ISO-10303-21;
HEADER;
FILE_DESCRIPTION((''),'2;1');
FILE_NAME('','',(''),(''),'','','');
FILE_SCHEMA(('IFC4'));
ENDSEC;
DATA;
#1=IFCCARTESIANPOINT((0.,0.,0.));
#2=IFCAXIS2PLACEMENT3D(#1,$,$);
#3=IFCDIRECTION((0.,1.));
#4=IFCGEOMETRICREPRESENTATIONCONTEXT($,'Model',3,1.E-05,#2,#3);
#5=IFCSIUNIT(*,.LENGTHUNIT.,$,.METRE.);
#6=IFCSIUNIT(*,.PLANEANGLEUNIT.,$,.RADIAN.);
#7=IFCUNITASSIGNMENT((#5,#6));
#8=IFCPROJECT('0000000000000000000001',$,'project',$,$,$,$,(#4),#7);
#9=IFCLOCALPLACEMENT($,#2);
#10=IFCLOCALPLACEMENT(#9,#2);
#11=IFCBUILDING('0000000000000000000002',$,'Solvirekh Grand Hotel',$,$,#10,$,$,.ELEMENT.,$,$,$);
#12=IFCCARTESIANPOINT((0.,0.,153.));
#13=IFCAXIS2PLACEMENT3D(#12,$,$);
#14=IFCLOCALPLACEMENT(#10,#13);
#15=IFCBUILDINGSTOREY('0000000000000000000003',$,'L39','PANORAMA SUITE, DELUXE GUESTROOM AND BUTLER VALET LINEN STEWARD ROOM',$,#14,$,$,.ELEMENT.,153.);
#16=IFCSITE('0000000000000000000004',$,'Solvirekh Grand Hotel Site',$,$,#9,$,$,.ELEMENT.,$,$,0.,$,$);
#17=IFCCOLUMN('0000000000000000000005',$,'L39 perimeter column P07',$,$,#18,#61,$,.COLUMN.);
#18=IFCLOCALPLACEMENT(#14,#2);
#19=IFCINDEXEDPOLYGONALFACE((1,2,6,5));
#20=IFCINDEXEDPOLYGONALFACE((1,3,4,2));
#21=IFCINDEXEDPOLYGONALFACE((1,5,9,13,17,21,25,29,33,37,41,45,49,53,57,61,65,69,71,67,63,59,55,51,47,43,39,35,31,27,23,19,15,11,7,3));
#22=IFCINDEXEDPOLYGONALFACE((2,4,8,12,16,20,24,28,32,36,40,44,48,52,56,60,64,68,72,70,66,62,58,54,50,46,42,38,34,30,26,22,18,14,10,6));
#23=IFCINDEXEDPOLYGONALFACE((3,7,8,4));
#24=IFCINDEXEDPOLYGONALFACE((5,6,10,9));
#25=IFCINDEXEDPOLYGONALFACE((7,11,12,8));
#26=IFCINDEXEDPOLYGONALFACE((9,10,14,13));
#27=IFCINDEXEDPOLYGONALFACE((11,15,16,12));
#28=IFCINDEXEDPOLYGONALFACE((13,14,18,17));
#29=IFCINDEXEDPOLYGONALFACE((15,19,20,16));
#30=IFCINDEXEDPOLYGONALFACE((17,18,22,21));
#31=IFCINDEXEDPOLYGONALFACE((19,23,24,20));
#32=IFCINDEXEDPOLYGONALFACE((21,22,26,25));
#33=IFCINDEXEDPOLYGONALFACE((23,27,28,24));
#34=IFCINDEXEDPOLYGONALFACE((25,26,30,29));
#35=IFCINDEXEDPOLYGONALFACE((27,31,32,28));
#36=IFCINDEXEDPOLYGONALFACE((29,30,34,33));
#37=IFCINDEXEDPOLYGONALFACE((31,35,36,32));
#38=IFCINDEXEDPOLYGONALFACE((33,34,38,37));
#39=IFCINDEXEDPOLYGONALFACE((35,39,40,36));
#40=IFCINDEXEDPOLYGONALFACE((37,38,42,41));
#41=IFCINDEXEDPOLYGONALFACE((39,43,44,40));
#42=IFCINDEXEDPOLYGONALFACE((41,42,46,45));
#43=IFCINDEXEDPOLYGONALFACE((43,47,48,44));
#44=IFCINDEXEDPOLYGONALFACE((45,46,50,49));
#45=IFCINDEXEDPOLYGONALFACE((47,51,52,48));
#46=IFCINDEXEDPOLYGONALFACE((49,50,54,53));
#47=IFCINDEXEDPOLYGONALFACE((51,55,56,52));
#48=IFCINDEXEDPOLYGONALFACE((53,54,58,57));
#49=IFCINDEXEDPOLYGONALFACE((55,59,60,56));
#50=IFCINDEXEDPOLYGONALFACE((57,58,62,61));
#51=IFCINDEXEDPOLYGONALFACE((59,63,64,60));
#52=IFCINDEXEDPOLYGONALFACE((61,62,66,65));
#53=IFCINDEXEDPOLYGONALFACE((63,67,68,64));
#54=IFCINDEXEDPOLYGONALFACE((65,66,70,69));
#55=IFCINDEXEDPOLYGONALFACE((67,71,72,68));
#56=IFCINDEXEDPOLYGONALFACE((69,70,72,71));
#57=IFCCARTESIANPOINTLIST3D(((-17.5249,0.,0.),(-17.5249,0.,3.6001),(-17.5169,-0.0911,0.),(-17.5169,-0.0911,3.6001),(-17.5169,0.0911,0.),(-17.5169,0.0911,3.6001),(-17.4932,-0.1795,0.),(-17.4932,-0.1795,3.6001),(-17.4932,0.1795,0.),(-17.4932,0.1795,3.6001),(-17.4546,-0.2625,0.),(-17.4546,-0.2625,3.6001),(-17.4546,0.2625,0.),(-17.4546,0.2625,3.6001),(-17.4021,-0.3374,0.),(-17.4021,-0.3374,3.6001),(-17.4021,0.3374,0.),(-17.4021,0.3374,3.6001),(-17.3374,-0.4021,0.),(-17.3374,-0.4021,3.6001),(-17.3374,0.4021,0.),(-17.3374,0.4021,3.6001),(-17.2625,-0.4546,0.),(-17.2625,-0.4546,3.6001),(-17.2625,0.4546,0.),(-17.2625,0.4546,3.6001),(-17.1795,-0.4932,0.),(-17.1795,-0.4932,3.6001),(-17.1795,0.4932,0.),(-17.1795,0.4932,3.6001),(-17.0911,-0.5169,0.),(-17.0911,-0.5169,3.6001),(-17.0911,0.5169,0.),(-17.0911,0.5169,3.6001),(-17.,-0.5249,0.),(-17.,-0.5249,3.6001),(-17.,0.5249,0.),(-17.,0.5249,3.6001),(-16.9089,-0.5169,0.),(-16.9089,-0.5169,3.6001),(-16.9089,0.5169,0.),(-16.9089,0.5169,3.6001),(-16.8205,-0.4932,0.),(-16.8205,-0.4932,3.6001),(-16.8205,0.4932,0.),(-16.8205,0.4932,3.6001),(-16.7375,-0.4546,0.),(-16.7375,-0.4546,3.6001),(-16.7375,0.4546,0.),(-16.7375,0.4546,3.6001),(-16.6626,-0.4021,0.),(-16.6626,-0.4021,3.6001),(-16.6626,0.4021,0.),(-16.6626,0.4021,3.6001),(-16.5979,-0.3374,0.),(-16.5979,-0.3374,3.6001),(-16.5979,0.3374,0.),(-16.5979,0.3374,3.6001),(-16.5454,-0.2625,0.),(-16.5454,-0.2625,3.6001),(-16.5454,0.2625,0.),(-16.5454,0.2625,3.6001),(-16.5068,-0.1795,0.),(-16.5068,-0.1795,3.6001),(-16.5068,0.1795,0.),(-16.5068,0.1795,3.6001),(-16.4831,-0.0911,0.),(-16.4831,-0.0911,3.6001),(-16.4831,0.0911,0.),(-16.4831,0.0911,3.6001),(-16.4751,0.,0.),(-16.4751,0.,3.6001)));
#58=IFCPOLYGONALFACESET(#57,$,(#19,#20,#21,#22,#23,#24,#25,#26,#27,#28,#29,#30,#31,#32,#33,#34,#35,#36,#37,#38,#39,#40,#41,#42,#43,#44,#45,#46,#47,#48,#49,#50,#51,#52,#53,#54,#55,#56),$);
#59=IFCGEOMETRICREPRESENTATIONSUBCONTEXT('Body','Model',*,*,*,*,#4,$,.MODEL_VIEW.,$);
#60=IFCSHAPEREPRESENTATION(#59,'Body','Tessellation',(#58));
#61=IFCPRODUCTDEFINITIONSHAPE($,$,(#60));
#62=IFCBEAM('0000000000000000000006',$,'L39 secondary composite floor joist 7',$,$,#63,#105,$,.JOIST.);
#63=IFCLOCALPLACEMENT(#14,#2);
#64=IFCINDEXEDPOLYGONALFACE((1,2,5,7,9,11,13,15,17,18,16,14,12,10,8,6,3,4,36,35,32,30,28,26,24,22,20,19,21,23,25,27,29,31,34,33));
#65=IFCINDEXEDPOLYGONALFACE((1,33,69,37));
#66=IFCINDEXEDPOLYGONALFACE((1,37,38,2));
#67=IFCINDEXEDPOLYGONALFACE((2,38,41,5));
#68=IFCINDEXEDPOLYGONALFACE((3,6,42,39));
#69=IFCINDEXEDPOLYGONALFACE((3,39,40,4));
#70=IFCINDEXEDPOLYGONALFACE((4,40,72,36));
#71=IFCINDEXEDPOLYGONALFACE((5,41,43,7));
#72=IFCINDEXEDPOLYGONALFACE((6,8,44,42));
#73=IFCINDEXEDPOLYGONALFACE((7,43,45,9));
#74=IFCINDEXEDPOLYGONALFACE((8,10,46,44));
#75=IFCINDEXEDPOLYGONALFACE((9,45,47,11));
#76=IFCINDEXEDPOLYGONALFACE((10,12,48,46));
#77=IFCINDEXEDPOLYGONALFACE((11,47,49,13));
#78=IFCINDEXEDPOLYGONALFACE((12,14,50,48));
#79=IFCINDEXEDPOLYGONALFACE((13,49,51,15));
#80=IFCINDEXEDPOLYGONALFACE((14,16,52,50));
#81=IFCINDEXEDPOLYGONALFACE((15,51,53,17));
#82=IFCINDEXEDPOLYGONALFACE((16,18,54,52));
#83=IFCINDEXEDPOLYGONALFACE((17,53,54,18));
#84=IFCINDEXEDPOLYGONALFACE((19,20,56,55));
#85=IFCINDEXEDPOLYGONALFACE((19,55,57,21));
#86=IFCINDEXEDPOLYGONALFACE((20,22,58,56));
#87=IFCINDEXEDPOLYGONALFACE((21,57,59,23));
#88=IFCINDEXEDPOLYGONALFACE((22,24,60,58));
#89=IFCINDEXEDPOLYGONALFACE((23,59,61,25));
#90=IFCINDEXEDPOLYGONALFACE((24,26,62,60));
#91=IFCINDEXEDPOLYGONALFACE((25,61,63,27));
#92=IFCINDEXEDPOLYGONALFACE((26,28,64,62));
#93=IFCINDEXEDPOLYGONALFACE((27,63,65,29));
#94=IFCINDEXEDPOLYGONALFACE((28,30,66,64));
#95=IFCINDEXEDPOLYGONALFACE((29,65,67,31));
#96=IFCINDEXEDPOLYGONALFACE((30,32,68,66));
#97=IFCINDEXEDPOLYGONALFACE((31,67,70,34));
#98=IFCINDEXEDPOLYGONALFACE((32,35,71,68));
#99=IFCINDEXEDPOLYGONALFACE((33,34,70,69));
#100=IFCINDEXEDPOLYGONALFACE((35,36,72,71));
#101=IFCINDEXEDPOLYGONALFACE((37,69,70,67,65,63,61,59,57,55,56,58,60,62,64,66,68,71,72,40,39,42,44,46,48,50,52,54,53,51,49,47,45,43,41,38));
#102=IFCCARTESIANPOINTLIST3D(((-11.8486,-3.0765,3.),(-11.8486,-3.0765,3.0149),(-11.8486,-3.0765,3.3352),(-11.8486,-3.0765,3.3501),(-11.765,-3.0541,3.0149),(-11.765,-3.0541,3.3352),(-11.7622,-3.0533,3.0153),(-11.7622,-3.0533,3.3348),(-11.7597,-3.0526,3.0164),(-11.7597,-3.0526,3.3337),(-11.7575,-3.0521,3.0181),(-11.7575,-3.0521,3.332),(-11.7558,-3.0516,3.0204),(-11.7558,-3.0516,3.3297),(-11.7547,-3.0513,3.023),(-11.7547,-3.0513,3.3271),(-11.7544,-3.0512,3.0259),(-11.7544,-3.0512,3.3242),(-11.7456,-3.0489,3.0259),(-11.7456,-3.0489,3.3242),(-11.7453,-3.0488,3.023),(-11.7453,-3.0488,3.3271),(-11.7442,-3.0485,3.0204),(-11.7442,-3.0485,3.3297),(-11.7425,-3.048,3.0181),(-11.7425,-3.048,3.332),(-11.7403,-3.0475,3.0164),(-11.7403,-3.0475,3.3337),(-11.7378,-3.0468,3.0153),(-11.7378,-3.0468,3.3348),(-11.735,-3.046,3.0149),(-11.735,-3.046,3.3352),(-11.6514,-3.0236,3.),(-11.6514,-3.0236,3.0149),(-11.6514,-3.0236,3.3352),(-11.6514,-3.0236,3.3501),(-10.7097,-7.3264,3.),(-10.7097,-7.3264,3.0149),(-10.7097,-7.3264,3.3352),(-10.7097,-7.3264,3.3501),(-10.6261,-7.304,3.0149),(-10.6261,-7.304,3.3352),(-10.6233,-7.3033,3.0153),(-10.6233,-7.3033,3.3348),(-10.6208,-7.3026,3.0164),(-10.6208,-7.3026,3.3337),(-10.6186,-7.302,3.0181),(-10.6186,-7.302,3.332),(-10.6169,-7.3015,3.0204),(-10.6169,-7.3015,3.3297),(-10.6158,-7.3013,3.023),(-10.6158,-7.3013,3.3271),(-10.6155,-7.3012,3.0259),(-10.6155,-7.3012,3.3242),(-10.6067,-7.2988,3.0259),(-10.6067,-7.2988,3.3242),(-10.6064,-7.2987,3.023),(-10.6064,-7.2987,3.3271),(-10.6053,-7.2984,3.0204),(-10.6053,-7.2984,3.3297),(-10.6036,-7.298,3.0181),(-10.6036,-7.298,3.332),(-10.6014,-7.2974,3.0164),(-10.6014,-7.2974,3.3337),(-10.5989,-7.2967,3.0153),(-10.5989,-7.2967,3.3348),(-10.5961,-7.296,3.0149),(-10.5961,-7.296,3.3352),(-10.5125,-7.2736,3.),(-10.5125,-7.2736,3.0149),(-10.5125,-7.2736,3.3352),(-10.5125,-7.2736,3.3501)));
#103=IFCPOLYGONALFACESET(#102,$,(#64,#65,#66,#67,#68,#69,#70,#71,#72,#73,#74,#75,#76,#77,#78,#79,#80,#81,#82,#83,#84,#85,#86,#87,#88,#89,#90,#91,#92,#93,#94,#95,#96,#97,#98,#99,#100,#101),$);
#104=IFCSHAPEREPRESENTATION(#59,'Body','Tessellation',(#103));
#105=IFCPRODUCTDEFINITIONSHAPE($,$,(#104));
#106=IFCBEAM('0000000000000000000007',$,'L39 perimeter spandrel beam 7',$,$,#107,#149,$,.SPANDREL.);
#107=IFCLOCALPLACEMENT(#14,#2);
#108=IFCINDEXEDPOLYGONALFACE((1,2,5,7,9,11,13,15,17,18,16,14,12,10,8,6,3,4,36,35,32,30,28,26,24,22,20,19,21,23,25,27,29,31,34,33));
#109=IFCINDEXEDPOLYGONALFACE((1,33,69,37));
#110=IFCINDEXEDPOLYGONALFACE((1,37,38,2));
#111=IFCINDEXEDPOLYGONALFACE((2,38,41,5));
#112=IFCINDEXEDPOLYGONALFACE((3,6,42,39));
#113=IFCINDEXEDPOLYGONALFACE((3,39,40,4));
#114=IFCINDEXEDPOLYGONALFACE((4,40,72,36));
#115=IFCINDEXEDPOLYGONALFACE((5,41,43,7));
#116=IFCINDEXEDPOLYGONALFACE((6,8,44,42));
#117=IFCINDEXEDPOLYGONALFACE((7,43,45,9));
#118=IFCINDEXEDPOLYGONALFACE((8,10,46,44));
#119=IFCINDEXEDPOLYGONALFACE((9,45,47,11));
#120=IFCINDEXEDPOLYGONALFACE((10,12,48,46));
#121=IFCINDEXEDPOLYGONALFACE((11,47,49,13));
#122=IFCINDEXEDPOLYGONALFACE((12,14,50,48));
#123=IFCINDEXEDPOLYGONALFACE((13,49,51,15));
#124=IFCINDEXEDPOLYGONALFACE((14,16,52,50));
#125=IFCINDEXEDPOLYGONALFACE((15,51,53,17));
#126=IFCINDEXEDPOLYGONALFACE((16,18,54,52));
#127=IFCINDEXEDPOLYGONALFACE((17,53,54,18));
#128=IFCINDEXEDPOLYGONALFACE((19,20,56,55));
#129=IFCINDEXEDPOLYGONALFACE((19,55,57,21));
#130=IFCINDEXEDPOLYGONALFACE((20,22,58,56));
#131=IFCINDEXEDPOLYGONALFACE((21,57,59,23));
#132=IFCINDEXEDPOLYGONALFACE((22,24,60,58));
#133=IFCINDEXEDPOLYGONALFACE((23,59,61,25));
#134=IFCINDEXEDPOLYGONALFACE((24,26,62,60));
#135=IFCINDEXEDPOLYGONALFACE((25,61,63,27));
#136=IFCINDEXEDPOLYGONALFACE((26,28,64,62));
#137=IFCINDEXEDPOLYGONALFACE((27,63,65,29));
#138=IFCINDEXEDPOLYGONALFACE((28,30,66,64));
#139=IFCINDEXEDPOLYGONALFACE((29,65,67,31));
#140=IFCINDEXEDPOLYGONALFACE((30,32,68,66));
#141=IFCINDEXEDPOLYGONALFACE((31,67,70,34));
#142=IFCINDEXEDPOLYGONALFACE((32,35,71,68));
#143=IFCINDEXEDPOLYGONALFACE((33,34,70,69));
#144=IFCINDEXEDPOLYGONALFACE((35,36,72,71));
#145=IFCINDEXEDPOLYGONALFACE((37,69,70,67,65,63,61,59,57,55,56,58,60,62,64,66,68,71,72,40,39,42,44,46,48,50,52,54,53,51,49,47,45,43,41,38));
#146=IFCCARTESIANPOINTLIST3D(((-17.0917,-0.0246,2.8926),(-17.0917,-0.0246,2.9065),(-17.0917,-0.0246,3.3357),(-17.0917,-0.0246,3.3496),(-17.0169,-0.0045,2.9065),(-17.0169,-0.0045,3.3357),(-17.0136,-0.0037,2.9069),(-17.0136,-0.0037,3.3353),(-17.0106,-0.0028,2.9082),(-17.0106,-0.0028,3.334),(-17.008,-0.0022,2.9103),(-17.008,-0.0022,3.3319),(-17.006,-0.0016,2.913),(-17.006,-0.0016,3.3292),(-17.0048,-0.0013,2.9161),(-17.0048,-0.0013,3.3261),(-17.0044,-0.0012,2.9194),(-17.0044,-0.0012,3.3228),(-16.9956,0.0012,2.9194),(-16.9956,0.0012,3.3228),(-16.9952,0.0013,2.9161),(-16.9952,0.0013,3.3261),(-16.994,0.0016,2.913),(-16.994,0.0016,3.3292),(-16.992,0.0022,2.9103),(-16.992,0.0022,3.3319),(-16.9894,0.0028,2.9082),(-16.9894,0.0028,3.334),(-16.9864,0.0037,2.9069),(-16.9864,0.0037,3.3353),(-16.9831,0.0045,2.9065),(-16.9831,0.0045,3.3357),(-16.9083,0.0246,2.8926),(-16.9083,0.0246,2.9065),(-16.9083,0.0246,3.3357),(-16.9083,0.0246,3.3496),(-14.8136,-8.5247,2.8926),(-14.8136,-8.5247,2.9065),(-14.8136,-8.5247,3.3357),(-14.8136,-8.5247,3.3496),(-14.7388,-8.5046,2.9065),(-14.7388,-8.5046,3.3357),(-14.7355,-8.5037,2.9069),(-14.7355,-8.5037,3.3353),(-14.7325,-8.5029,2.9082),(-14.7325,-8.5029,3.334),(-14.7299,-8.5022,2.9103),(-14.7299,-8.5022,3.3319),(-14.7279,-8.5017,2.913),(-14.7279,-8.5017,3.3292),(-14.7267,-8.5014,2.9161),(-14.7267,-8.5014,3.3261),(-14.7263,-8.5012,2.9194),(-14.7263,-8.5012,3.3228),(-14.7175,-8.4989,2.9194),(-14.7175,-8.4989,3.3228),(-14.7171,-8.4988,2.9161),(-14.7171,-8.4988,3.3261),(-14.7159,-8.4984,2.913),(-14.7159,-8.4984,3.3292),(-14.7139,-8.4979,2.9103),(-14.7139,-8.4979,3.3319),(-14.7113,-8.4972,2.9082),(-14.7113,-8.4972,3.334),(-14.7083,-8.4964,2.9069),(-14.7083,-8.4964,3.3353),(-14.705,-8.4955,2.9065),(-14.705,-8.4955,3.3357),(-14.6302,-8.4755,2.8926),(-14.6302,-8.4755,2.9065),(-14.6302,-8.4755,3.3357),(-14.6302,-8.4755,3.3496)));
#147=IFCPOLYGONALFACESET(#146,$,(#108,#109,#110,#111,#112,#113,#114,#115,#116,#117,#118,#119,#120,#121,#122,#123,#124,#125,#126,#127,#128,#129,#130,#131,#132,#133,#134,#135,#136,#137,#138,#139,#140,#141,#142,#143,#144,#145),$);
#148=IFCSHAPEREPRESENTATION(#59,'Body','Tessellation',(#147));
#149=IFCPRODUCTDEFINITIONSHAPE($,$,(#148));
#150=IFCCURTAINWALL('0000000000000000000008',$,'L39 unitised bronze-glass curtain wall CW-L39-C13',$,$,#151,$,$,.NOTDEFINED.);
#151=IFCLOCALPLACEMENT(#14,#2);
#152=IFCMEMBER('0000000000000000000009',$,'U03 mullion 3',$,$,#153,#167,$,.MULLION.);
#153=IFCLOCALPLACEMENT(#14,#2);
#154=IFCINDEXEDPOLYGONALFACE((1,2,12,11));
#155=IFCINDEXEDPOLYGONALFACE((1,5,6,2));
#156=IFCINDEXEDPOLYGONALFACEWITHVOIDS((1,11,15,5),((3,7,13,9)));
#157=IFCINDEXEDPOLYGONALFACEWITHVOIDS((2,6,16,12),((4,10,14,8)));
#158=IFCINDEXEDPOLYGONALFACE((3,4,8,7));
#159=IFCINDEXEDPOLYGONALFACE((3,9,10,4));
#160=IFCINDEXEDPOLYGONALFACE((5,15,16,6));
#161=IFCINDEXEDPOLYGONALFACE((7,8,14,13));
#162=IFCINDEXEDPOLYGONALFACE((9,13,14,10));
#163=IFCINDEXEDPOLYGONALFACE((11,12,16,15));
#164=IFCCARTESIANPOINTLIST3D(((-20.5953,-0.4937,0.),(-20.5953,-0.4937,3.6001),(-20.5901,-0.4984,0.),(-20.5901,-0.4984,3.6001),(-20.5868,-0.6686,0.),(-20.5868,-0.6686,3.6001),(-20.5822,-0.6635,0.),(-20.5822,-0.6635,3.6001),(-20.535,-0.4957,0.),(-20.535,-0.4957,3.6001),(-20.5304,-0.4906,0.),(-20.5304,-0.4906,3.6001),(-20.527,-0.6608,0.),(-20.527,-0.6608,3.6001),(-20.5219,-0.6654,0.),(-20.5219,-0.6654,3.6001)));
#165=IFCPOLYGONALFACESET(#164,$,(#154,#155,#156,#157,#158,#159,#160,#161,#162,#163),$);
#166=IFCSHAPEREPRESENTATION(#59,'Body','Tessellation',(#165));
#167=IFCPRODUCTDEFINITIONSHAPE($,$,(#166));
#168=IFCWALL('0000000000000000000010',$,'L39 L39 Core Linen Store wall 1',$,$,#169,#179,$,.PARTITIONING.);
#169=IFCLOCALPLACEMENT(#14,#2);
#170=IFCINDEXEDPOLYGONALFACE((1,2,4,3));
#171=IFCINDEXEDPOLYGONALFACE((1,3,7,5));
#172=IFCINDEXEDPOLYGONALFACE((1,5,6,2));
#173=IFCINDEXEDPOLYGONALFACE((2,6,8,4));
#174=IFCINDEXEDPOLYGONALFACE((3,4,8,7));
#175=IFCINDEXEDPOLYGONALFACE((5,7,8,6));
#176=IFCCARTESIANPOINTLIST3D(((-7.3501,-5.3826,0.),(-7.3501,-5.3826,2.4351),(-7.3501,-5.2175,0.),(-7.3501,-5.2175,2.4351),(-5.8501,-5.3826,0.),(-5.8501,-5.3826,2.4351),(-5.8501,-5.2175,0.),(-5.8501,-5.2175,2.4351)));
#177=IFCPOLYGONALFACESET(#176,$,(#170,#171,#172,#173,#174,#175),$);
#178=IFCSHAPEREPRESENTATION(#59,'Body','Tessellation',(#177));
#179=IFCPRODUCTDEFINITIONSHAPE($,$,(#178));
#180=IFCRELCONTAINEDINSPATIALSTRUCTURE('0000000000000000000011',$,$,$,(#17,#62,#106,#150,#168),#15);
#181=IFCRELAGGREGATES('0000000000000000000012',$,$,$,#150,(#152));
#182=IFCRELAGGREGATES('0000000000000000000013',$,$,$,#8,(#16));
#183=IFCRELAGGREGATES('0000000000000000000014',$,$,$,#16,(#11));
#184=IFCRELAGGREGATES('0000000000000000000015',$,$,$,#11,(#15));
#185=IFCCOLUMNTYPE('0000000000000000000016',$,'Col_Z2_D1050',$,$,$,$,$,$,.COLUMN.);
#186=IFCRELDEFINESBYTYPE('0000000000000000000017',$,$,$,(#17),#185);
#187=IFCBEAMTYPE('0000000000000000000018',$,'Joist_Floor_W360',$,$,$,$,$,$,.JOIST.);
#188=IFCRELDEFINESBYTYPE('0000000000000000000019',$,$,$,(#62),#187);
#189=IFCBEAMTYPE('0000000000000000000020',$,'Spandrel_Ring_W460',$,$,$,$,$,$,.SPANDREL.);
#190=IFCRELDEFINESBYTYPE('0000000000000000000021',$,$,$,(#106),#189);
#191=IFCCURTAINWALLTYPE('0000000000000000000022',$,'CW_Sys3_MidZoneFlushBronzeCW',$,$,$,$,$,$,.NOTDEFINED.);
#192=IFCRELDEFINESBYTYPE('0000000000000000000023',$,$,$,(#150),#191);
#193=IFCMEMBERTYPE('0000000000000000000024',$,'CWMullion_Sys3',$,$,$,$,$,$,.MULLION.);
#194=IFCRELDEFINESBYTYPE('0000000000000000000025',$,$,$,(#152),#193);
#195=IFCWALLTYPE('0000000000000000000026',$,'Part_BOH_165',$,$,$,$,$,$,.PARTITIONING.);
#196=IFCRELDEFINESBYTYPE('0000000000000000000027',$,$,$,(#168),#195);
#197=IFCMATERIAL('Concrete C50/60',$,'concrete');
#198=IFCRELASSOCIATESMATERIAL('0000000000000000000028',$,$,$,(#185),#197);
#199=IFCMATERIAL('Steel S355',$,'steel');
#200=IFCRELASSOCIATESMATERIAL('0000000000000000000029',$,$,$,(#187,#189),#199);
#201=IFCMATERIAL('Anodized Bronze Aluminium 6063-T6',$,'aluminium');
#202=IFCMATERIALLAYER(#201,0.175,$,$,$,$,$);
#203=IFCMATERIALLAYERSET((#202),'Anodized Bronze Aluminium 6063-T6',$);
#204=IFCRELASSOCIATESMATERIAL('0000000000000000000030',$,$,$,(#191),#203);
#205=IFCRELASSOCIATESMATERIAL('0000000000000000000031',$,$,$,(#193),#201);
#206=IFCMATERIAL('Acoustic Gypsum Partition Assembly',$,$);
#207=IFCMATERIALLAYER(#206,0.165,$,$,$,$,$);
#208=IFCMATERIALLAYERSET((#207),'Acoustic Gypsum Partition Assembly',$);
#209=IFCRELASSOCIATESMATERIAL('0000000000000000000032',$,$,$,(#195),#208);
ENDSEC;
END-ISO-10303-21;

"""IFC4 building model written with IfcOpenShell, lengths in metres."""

from ifc_helpers import new_model, si_unit, direction, frame, frame_2d, origin, origin_2d, place, context, subcontext, project, spatial, rectangle, hollow_rectangle, circle, i_section, extrude, source, transform, mapped, material, layer, layer_set, material_profile, profile_set, type_object, element, aggregate, save


model = new_model("IFC4")

# Units and contexts
model_context = context("Model", 3, precision=1e-05, world=origin(), true_north=direction((0.0, 1.0)))
body_context = subcontext(model_context, "Body", "Model", "MODEL_VIEW")
ifc_project = project(units=[si_unit("LENGTHUNIT", "METRE"), si_unit("PLANEANGLEUNIT", "RADIAN")], contexts=[model_context])

# Site, building, storey
site_placement = place(None, origin())
site = spatial("IfcSite", under=ifc_project, at=site_placement, Name="Solvirekh Grand Hotel Site", CompositionType="ELEMENT", RefElevation=0.0)
building_placement = place(site_placement, origin())
building = spatial("IfcBuilding", under=site, at=building_placement, Name="Solvirekh Grand Hotel", CompositionType="ELEMENT")
storey_placement = place(building_placement, frame((0.0, 0.0, 153.0)))
storey = spatial("IfcBuildingStorey", under=building, at=storey_placement, Name="L39", Description="PANORAMA SUITE, DELUXE GUESTROOM AND BUTLER VALET LINEN STEWARD ROOM", CompositionType="ELEMENT", Elevation=153.0)

# Column
ifc_material_1 = material(Name="Concrete C50/60", Category="concrete")
ifc_material_profile_1 = material_profile(ifc_material_1, circle(Radius=0.5249, at=origin_2d()), Name="RC CIRC D1050")
ifc_profile_set_1 = profile_set([ifc_material_profile_1], Name="Concrete C50/60")
column_type = type_object("IfcColumnType", Name="Col_Z2_D1050", PredefinedType="COLUMN", material=ifc_profile_set_1)
column_placement = place(storey_placement, frame((-17.0, 0.0, 0.0), z_axis=(0.0, 0.0, 1.0), x_axis=(1.0, 0.0, 0.0)))
element("IfcColumn", 1, at=column_placement, inside=storey, type_object=column_type, Name="L39 perimeter column P07", PredefinedType="COLUMN", context=body_context, shape_type="SweptSolid", body=[
    extrude(circle(Radius=0.5249, at=origin_2d()), origin(), (0.0, 0.0, 1.0), 3.6001),
])

# Beams
ifc_material_2 = material(Name="Steel S355", Category="steel")
ifc_material_profile_2 = material_profile(ifc_material_2, i_section(OverallWidth=0.2041, OverallDepth=0.3501, WebThickness=0.009, FlangeThickness=0.0149, FilletRadius=0.011, at=origin_2d()), Name="W360X72")
ifc_profile_set_2 = profile_set([ifc_material_profile_2], Name="Steel S355")
beam_type_1 = type_object("IfcBeamType", Name="Joist_Floor_W360", PredefinedType="JOIST", material=ifc_profile_set_2)
beam_1_placement = place(storey_placement, frame((-11.75, -3.05, 3.175), z_axis=(0.258847, -0.965918, 0.0), x_axis=(0.965918, 0.258847, 0.0)))
element("IfcBeam", 2, at=beam_1_placement, inside=storey, type_object=beam_type_1, Name="L39 secondary composite floor joist 7", PredefinedType="JOIST", context=body_context, shape_type="SweptSolid", body=[
    extrude(i_section(OverallWidth=0.2041, OverallDepth=0.3501, WebThickness=0.009, FlangeThickness=0.0149, FilletRadius=0.011, at=origin_2d()), origin(), (0.0, 0.0, 1.0), 4.3999),
])
ifc_material_profile_3 = material_profile(ifc_material_2, i_section(OverallWidth=0.1899, OverallDepth=0.457, WebThickness=0.009, FlangeThickness=0.0139, FilletRadius=0.0129, at=origin_2d()), Name="W460X74")
ifc_profile_set_3 = profile_set([ifc_material_profile_3], Name="Steel S355")
beam_type_2 = type_object("IfcBeamType", Name="Spandrel_Ring_W460", PredefinedType="SPANDREL", material=ifc_profile_set_3)
beam_2_placement = place(storey_placement, frame((-17.0, 0.0, 3.1211), z_axis=(0.258873, -0.965911, 0.0), x_axis=(0.965911, 0.258873, 0.0)))
element("IfcBeam", 3, at=beam_2_placement, inside=storey, type_object=beam_type_2, Name="L39 perimeter spandrel beam 7", PredefinedType="SPANDREL", context=body_context, shape_type="SweptSolid", body=[
    extrude(i_section(OverallWidth=0.1899, OverallDepth=0.457, WebThickness=0.009, FlangeThickness=0.0139, FilletRadius=0.0129, at=origin_2d()), origin(), (0.0, 0.0, 1.0), 8.8),
])

# Curtain wall, member
ifc_material_3 = material(Name="Anodized Bronze Aluminium 6063-T6", Category="aluminium")
ifc_layer_1 = layer(ifc_material_3, 0.175)
ifc_layer_set_1 = layer_set([ifc_layer_1], Name="Anodized Bronze Aluminium 6063-T6")
curtain_wall_type = type_object("IfcCurtainWallType", Name="CW_Sys3_MidZoneFlushBronzeCW", PredefinedType="NOTDEFINED", material=ifc_layer_set_1)
curtain_wall_placement = place(storey_placement, origin())
curtain_wall = element("IfcCurtainWall", 4, at=curtain_wall_placement, inside=storey, type_object=curtain_wall_type, Name="L39 unitised bronze-glass curtain wall CW-L39-C13", PredefinedType="NOTDEFINED")
ifc_material_profile_4 = material_profile(ifc_material_3, hollow_rectangle(XDim=0.0649, YDim=0.175, WallThickness=0.0049, at=origin_2d()), Name="ALU RHS 175X65X5")
ifc_profile_set_4 = profile_set([ifc_material_profile_4], Name="Anodized Bronze Aluminium 6063-T6")
member_type = type_object("IfcMemberType", Name="CWMullion_Sys3", PredefinedType="MULLION", material=ifc_profile_set_4)
shared_shape = source(origin(), body_context, "Body", "SweptSolid", [
    extrude(hollow_rectangle(XDim=0.0649, YDim=0.175, WallThickness=0.0049, at=origin_2d()), origin(), (0.0, 0.0, 1.0), 3.6001),
])
member_placement = place(storey_placement, frame((-20.5586, -0.5796, 0.0), z_axis=(0.0, 0.0, 1.0), x_axis=(0.99883, 0.04836, 0.0)))
member = element("IfcMember", 5, at=member_placement, type_object=member_type, Name="U03 mullion 3", PredefinedType="MULLION", context=body_context, shape_type="MappedRepresentation", body=[
    mapped(shared_shape, transform((0.0, 0.0, 0.0), x_axis=(1.0, 0.0, 0.0), y_axis=(0.0, 1.0, 0.0), z_axis=(0.0, 0.0, 1.0), scale=1.0)),
])
aggregate(curtain_wall, [member])

# Wall
ifc_material_4 = material(Name="Acoustic Gypsum Partition Assembly")
ifc_layer_2 = layer(ifc_material_4, 0.165)
ifc_layer_set_2 = layer_set([ifc_layer_2], Name="Acoustic Gypsum Partition Assembly")
wall_type_1 = type_object("IfcWallType", Name="Part_BOH_165", PredefinedType="PARTITIONING", material=ifc_layer_set_2)
wall_1_placement = place(storey_placement, frame((-7.3501, -5.3, 0.0), z_axis=(0.0, 0.0, 1.0), x_axis=(1.0, 0.0, 0.0)))
element("IfcWall", 6, at=wall_1_placement, inside=storey, type_object=wall_type_1, Name="L39 L39 Core Linen Store wall 1", PredefinedType="PARTITIONING", context=body_context, shape_type="SweptSolid", body=[
    extrude(rectangle(XDim=1.5, YDim=0.165, at=frame_2d((0.75, 0.0))), origin(), (0.0, 0.0, 1.0), 2.4351),
])

save(model, "model.ifc")
